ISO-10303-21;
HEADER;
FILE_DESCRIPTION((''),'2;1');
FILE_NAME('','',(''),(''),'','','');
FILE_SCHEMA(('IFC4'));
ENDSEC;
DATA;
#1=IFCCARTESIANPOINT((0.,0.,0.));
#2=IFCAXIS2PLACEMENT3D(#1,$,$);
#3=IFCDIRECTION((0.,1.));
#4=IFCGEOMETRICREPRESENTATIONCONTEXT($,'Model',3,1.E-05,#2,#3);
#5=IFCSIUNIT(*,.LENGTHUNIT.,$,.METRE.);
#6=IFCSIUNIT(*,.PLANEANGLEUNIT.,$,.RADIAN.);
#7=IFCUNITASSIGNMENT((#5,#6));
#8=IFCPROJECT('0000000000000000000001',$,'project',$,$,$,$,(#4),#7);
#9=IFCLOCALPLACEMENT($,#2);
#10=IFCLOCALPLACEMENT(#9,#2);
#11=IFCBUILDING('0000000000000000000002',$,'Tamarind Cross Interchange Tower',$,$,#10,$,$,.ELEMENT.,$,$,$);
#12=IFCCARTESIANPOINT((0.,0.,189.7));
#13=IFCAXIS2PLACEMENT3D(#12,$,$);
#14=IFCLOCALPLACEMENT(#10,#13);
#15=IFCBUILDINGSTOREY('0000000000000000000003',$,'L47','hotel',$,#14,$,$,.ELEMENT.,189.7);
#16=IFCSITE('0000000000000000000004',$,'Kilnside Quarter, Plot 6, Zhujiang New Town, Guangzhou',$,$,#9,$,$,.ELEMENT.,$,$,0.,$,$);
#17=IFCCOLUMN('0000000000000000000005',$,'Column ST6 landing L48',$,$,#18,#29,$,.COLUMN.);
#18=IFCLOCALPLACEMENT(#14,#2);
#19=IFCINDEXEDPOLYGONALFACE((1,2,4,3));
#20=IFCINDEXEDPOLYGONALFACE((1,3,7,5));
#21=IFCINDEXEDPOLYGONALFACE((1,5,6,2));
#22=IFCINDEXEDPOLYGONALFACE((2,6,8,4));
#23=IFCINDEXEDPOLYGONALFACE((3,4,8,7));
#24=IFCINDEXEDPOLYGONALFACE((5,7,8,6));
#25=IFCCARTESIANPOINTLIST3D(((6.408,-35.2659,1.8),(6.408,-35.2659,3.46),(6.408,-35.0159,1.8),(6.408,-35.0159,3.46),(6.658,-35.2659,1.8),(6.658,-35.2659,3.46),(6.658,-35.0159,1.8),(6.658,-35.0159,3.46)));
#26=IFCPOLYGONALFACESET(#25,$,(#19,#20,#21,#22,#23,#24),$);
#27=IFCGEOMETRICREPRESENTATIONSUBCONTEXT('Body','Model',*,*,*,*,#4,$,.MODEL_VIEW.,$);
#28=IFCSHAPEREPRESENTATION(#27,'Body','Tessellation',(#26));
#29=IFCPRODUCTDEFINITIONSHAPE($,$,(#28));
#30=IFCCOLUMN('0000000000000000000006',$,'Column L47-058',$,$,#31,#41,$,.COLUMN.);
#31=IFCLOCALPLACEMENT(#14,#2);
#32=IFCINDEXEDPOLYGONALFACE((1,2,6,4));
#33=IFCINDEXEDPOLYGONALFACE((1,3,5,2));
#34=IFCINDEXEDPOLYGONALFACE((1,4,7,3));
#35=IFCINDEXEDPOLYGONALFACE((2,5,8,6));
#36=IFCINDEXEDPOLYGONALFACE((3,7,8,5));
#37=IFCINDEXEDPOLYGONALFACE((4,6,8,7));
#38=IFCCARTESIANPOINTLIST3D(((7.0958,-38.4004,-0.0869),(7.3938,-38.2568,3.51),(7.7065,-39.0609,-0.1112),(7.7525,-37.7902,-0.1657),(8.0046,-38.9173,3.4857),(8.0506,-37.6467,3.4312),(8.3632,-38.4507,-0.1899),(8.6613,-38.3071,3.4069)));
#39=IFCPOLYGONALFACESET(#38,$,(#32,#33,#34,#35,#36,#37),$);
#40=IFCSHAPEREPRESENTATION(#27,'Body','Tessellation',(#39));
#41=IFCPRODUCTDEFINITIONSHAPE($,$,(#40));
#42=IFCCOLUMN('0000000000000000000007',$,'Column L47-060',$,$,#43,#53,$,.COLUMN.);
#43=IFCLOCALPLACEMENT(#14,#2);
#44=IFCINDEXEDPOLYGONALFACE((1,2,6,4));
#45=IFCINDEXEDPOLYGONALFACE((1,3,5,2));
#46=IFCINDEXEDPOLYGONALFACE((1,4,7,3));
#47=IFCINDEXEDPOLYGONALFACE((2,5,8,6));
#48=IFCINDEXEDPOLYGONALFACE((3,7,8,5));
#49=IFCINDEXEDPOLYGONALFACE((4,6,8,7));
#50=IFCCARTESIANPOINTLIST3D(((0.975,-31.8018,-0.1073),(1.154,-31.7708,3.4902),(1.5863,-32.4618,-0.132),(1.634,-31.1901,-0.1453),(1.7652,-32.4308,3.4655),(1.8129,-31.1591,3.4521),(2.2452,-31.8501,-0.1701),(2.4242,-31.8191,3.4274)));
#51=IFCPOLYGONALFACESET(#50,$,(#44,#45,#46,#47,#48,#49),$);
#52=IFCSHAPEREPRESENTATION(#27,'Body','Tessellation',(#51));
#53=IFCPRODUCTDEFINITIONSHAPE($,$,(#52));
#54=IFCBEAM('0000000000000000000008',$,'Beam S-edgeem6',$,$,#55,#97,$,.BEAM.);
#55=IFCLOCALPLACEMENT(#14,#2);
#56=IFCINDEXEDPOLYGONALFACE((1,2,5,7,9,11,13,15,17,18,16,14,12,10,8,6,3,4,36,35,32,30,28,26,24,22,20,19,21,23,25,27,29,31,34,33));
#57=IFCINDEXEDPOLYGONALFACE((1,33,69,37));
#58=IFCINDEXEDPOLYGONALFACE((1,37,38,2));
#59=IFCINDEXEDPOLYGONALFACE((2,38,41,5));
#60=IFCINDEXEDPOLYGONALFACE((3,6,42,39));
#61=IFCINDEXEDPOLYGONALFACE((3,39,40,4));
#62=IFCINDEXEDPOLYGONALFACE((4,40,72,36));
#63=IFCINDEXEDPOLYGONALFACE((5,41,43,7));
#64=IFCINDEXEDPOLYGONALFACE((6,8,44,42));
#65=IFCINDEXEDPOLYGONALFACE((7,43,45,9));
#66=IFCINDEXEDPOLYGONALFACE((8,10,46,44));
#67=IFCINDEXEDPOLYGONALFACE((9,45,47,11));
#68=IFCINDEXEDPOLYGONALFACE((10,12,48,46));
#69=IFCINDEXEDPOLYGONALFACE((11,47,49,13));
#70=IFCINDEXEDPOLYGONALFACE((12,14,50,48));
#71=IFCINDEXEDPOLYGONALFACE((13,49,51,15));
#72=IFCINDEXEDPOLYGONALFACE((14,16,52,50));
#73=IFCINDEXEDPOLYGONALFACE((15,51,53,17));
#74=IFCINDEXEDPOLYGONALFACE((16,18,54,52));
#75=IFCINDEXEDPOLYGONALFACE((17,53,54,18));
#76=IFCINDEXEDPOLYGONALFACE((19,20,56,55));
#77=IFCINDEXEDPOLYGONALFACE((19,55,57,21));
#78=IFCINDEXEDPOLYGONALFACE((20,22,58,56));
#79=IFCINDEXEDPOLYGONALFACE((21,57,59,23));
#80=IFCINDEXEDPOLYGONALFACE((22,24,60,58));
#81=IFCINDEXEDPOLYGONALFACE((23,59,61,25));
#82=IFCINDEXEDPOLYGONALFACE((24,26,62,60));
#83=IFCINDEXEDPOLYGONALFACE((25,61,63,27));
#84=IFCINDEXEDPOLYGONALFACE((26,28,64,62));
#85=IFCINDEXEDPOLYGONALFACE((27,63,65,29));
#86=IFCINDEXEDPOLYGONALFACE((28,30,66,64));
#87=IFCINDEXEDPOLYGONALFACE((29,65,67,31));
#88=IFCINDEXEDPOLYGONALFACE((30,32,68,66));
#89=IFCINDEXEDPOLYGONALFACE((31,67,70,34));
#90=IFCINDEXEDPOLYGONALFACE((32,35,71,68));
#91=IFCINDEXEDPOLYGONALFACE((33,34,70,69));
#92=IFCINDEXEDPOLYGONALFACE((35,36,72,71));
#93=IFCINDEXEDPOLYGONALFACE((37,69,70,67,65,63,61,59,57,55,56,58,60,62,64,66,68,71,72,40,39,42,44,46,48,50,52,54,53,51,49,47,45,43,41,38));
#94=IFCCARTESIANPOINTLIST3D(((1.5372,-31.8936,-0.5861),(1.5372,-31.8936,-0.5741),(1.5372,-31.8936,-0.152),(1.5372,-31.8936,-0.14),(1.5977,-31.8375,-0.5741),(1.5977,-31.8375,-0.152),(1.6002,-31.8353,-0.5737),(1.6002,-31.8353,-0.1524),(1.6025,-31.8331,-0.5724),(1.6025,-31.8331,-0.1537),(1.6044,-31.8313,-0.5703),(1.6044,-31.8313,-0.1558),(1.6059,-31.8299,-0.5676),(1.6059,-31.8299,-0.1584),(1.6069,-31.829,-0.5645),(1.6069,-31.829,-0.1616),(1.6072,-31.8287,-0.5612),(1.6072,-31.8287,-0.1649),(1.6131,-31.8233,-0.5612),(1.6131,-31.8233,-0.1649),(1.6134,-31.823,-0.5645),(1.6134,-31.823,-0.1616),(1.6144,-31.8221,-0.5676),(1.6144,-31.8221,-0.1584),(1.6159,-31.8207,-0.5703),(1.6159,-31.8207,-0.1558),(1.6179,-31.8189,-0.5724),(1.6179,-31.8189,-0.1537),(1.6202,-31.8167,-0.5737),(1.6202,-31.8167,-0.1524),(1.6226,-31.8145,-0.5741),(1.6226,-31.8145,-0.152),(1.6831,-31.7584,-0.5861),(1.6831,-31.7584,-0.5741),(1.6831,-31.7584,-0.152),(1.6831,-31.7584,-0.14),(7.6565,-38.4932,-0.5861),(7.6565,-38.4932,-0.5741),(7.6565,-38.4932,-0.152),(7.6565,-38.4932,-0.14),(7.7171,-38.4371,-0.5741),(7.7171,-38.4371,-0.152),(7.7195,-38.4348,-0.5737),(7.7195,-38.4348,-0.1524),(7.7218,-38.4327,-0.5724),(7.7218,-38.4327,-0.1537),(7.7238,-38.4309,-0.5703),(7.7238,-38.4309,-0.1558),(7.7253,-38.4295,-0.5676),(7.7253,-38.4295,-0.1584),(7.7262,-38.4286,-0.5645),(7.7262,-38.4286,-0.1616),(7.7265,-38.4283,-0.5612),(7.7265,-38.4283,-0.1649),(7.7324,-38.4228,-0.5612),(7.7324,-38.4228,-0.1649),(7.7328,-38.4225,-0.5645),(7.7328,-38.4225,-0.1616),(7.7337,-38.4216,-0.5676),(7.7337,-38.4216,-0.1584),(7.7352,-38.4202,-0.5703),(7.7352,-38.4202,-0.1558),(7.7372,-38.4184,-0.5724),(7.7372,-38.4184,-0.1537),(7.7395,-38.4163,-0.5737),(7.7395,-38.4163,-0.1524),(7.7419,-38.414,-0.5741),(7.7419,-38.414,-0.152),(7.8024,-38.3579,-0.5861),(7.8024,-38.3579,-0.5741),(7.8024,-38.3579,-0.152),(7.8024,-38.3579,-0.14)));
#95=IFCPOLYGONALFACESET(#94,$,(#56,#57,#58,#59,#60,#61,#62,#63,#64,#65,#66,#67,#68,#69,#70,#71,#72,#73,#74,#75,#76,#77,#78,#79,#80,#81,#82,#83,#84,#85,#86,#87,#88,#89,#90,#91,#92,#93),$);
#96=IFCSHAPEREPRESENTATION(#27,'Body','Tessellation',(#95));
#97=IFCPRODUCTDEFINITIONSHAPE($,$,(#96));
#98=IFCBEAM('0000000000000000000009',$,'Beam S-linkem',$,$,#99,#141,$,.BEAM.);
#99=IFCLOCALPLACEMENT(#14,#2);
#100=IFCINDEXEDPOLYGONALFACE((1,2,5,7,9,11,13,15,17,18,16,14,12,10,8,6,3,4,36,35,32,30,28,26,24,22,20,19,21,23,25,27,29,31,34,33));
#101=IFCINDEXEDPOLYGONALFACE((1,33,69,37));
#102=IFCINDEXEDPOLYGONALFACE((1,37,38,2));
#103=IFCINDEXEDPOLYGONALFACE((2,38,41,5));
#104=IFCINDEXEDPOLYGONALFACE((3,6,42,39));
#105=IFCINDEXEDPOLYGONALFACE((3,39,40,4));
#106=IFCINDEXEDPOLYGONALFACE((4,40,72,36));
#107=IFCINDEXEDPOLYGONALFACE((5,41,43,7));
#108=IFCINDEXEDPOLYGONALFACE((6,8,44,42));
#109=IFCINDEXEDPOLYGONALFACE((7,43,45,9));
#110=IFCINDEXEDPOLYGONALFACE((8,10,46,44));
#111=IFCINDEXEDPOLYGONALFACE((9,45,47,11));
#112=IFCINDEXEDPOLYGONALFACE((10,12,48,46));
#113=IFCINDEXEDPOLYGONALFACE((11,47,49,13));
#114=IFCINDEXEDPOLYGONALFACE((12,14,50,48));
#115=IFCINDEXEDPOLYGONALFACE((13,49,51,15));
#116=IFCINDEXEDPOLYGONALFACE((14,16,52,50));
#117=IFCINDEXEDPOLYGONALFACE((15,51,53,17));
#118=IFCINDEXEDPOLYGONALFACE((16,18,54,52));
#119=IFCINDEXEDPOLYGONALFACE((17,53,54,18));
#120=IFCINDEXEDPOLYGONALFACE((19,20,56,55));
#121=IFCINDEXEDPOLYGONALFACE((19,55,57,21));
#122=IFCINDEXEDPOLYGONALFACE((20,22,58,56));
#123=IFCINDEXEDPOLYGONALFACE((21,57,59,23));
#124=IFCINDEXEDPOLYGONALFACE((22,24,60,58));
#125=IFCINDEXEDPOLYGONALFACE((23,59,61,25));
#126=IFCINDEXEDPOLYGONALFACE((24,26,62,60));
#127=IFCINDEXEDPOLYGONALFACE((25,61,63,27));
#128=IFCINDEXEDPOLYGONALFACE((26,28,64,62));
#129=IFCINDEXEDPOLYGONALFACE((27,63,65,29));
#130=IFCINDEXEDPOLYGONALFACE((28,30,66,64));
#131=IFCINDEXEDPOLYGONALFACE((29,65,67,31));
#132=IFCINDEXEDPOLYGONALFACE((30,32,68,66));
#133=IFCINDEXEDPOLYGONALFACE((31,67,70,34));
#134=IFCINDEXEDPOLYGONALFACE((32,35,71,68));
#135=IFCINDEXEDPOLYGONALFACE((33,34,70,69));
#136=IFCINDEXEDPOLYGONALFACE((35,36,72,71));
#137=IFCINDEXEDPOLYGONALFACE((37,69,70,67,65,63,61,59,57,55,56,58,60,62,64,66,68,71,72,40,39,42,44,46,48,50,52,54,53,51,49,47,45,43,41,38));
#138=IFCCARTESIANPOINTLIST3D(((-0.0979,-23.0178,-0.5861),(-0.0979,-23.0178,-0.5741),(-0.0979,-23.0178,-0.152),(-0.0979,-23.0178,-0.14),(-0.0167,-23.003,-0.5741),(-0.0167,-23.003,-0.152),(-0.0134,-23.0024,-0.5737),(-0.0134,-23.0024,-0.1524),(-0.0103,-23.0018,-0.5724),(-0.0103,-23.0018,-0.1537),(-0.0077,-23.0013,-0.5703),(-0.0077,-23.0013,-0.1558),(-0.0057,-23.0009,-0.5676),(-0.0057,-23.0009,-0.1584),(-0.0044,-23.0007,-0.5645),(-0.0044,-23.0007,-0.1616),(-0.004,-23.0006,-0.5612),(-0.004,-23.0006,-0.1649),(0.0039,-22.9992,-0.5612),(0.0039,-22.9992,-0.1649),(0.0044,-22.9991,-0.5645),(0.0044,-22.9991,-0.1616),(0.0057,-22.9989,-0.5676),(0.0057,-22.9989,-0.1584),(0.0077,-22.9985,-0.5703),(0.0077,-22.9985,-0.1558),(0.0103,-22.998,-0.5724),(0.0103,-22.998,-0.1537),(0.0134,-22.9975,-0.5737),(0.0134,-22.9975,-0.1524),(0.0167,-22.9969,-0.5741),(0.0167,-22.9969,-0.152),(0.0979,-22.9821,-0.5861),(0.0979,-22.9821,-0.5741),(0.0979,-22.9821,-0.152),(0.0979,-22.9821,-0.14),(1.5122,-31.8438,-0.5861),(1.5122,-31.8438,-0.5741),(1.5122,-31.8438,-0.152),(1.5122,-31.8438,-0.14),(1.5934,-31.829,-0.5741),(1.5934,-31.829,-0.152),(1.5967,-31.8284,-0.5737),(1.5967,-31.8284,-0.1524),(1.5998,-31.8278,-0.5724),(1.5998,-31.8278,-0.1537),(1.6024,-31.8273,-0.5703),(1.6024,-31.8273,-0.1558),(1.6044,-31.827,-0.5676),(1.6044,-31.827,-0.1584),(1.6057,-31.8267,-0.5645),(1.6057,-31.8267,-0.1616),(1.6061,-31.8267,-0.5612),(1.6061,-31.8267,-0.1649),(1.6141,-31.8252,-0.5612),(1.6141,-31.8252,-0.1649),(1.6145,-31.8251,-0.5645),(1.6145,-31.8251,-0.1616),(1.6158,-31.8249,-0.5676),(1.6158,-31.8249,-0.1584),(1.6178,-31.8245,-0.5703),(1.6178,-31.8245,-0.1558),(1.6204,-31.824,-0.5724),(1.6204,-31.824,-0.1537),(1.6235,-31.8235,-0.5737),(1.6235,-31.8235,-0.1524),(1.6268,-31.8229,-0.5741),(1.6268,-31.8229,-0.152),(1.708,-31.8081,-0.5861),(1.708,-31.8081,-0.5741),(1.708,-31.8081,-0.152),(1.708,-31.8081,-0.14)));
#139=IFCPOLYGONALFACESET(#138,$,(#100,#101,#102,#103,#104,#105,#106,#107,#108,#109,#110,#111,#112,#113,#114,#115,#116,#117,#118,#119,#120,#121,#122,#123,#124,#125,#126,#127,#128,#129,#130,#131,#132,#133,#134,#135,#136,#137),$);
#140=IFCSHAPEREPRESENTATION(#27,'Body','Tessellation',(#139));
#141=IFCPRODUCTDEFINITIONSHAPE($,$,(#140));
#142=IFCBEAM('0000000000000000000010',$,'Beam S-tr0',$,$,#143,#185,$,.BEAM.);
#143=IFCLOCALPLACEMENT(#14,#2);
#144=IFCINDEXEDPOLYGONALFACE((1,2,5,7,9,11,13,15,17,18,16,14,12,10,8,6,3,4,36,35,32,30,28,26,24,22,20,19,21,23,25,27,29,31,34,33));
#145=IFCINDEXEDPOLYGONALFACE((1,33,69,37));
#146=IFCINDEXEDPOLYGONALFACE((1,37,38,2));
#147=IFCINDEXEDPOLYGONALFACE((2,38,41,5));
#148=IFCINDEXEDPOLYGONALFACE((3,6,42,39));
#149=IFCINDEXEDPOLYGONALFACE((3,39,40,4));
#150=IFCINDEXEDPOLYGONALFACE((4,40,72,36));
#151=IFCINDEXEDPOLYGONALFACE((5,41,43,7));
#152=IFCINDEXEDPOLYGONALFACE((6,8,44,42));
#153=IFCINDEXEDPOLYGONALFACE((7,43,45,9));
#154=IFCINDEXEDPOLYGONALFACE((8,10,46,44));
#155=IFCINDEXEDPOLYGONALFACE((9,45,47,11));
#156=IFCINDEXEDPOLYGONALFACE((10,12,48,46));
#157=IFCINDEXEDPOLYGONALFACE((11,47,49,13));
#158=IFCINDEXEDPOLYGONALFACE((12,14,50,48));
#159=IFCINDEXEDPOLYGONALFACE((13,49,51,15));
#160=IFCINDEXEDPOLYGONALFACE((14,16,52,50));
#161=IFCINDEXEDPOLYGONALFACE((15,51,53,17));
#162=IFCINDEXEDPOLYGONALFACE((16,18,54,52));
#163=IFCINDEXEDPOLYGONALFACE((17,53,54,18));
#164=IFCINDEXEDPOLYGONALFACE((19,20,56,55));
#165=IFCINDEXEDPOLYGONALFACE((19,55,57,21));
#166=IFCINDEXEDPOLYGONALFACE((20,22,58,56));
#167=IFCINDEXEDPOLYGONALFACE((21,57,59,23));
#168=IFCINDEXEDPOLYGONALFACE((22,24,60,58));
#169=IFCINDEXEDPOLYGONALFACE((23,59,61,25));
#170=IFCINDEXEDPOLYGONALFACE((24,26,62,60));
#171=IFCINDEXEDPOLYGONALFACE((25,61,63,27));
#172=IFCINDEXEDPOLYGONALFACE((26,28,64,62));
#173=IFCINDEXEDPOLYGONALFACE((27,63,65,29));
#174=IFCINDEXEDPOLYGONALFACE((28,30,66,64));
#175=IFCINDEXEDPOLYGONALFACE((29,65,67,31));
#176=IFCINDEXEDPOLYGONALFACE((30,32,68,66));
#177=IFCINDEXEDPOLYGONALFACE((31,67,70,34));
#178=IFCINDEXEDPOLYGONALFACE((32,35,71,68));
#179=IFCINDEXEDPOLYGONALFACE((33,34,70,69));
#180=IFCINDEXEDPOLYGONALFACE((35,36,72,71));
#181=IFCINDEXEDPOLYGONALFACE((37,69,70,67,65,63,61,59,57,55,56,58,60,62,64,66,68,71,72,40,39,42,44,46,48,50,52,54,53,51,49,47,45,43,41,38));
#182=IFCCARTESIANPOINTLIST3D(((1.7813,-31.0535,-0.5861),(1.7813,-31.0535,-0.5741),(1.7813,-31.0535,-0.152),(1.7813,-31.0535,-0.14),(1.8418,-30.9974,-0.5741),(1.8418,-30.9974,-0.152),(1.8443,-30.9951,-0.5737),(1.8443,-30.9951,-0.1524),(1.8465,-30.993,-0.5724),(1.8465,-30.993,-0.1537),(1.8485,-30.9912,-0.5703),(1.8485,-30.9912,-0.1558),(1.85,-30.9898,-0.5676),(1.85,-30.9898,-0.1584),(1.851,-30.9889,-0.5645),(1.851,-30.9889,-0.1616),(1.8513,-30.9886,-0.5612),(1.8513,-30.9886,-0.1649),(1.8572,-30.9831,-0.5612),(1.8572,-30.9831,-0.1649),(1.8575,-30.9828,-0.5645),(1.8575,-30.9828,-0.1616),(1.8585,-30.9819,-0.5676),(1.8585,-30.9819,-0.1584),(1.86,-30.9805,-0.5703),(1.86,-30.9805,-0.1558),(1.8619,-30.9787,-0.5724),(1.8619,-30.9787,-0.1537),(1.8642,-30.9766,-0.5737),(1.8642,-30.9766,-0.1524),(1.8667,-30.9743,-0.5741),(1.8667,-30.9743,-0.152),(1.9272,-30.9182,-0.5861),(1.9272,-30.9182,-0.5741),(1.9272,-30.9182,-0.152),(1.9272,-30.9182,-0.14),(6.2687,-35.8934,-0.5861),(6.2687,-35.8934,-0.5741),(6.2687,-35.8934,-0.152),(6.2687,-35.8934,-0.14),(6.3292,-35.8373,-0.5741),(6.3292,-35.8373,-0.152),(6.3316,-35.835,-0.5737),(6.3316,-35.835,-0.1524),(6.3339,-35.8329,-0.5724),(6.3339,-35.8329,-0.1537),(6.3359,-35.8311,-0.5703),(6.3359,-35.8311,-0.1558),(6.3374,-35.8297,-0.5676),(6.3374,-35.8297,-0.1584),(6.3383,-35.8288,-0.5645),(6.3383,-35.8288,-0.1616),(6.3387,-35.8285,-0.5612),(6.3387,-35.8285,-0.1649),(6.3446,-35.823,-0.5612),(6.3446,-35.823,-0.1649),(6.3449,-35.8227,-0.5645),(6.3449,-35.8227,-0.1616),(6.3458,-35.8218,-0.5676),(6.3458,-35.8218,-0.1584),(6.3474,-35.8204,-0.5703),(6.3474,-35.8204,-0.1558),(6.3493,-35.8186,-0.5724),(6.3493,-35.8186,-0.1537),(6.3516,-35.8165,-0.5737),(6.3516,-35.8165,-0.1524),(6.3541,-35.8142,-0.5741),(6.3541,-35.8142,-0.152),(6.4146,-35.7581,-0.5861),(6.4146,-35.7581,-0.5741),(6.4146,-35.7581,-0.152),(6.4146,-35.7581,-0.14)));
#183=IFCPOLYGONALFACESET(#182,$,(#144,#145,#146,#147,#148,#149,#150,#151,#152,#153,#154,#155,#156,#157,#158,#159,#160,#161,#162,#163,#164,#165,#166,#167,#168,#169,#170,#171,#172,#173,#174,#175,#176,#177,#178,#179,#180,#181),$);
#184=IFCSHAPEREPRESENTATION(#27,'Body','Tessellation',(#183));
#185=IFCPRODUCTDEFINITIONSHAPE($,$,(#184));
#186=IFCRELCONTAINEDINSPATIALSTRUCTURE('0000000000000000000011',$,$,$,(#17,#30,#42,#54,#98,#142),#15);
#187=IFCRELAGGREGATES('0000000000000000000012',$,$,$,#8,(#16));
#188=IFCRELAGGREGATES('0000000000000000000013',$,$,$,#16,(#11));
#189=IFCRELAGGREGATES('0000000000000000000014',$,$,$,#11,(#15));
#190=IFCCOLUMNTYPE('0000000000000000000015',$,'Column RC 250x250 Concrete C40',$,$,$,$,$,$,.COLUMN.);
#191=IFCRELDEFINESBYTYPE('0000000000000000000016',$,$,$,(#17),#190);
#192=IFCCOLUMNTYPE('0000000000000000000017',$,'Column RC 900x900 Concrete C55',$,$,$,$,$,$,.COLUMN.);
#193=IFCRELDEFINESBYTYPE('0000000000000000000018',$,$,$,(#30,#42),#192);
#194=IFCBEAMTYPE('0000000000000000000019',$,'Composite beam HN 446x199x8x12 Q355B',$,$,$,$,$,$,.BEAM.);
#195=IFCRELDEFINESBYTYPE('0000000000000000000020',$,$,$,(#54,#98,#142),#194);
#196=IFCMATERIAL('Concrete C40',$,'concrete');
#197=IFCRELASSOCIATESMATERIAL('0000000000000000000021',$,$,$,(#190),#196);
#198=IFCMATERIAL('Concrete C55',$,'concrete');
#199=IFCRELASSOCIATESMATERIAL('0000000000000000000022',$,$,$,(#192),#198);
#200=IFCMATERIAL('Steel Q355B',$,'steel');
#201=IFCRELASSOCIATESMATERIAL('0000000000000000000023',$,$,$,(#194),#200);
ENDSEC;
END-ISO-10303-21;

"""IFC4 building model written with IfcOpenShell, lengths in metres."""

from ifc_helpers import new_model, si_unit, direction, frame, origin, origin_2d, place, context, subcontext, project, spatial, rectangle, i_section, extrude, material, material_profile, profile_set, type_object, element, save


model = new_model("IFC4")

# Units and contexts
model_context = context("Model", 3, precision=1e-05, world=origin(), true_north=direction((0.0, 1.0)))
body_context = subcontext(model_context, "Body", "Model", "MODEL_VIEW")
ifc_project = project(units=[si_unit("LENGTHUNIT", "METRE"), si_unit("PLANEANGLEUNIT", "RADIAN")], contexts=[model_context])

# Site, building, storey
site_placement = place(None, origin())
site = spatial("IfcSite", under=ifc_project, at=site_placement, Name="Kilnside Quarter, Plot 6, Zhujiang New Town, Guangzhou", CompositionType="ELEMENT", RefElevation=0.0)
building_placement = place(site_placement, origin())
building = spatial("IfcBuilding", under=site, at=building_placement, Name="Tamarind Cross Interchange Tower", CompositionType="ELEMENT")
storey_placement = place(building_placement, frame((0.0, 0.0, 189.7)))
storey = spatial("IfcBuildingStorey", under=building, at=storey_placement, Name="L47", Description="hotel", CompositionType="ELEMENT", Elevation=189.7)

# Columns
ifc_material_1 = material(Name="Concrete C40", Category="concrete")
ifc_material_profile_1 = material_profile(ifc_material_1, rectangle(XDim=0.25, YDim=0.25, at=origin_2d()), Name="RC 250x250")
ifc_profile_set_1 = profile_set([ifc_material_profile_1], Name="Concrete C40")
column_type_1 = type_object("IfcColumnType", Name="Column RC 250x250 Concrete C40", PredefinedType="COLUMN", material=ifc_profile_set_1)
column_1_placement = place(storey_placement, frame((6.533, -35.1409, 1.8), z_axis=(0.0, 0.0, 1.0), x_axis=(1.0, 0.0, 0.0)))
element("IfcColumn", 1, at=column_1_placement, inside=storey, type_object=column_type_1, Name="Column ST6 landing L48", PredefinedType="COLUMN", context=body_context, shape_type="SweptSolid", body=[
    extrude(rectangle(XDim=0.25, YDim=0.25, at=origin_2d()), origin(), (0.0, 0.0, 1.0), 1.6599),
])
ifc_material_2 = material(Name="Concrete C55", Category="concrete")
ifc_material_profile_2 = material_profile(ifc_material_2, rectangle(XDim=0.8999, YDim=0.8999, at=origin_2d()), Name="RC 900x900")
ifc_profile_set_2 = profile_set([ifc_material_profile_2], Name="Concrete C55")
column_type_2 = type_object("IfcColumnType", Name="Column RC 900x900 Concrete C55", PredefinedType="COLUMN", material=ifc_profile_set_2)
column_2_placement = place(storey_placement, frame((7.7295, -38.4255, -0.1384), z_axis=(0.082527, 0.039743, 0.995796), x_axis=(-0.678688, 0.733932, 0.026955)))
element("IfcColumn", 2, at=column_2_placement, inside=storey, type_object=column_type_2, Name="Column L47-058", PredefinedType="COLUMN", context=body_context, shape_type="SweptSolid", body=[
    extrude(rectangle(XDim=0.8999, YDim=0.8999, at=origin_2d()), origin(), (0.0, 0.0, 1.0), 3.6121),
])
column_3_placement = place(storey_placement, frame((1.6101, -31.8259, -0.1387), z_axis=(0.049682, 0.008608, 0.998728), x_axis=(-0.67924, 0.733402, 0.027468)))
element("IfcColumn", 3, at=column_3_placement, inside=storey, type_object=column_type_2, Name="Column L47-060", PredefinedType="COLUMN", context=body_context, shape_type="SweptSolid", body=[
    extrude(rectangle(XDim=0.8999, YDim=0.8999, at=origin_2d()), origin(), (0.0, 0.0, 1.0), 3.6021),
])

# Beams
ifc_material_3 = material(Name="Steel Q355B", Category="steel")
ifc_material_profile_3 = material_profile(ifc_material_3, i_section(OverallWidth=0.199, OverallDepth=0.446, WebThickness=0.0081, FlangeThickness=0.012, FilletRadius=0.0129, at=origin_2d()), Name="HN 446x199x8x12")
ifc_profile_set_3 = profile_set([ifc_material_profile_3], Name="Steel Q355B")
beam_type_1 = type_object("IfcBeamType", Name="Composite beam HN 446x199x8x12 Q355B", PredefinedType="BEAM", material=ifc_profile_set_3)
beam_1_placement = place(storey_placement, frame((7.7295, -38.4255, -0.363), z_axis=(-0.679924, 0.733282, 0.0), x_axis=(-0.733282, -0.679924, 0.0)))
element("IfcBeam", 4, at=beam_1_placement, inside=storey, type_object=beam_type_1, Name="Beam S-edgeem6", PredefinedType="BEAM", context=body_context, shape_type="SweptSolid", body=[
    extrude(i_section(OverallWidth=0.199, OverallDepth=0.446, WebThickness=0.0081, FlangeThickness=0.012, FilletRadius=0.0129, at=origin_2d()), origin(), (0.0, 0.0, 1.0), 9.0),
])
beam_2_placement = place(storey_placement, frame((1.6101, -31.8259, -0.363), z_axis=(-0.179467, 0.983764, 0.0), x_axis=(-0.983764, -0.179467, 0.0)))
element("IfcBeam", 5, at=beam_2_placement, inside=storey, type_object=beam_type_1, Name="Beam S-linkem", PredefinedType="BEAM", context=body_context, shape_type="SweptSolid", body=[
    extrude(i_section(OverallWidth=0.199, OverallDepth=0.446, WebThickness=0.0081, FlangeThickness=0.012, FilletRadius=0.0129, at=origin_2d()), origin(), (0.0, 0.0, 1.0), 8.9717),
])
for number, where, z_axis, x_axis, name in (
    (6, (1.8542, -30.9858, -0.363), (0.679895, -0.73331, 0.0), (0.73331, 0.679895, 0.0), "Beam S-tr0"),
):
    element("IfcBeam", number, at=place(storey_placement, frame(where, z_axis=z_axis, x_axis=x_axis)), inside=storey, type_object=beam_type_1, Name=name, PredefinedType="BEAM", context=body_context, shape_type="SweptSolid", body=[
        extrude(i_section(OverallWidth=0.199, OverallDepth=0.446, WebThickness=0.0081, FlangeThickness=0.012, FilletRadius=0.0129, at=origin_2d()), origin(), (0.0, 0.0, 1.0), 6.6001),
    ])

save(model, "model.ifc")
